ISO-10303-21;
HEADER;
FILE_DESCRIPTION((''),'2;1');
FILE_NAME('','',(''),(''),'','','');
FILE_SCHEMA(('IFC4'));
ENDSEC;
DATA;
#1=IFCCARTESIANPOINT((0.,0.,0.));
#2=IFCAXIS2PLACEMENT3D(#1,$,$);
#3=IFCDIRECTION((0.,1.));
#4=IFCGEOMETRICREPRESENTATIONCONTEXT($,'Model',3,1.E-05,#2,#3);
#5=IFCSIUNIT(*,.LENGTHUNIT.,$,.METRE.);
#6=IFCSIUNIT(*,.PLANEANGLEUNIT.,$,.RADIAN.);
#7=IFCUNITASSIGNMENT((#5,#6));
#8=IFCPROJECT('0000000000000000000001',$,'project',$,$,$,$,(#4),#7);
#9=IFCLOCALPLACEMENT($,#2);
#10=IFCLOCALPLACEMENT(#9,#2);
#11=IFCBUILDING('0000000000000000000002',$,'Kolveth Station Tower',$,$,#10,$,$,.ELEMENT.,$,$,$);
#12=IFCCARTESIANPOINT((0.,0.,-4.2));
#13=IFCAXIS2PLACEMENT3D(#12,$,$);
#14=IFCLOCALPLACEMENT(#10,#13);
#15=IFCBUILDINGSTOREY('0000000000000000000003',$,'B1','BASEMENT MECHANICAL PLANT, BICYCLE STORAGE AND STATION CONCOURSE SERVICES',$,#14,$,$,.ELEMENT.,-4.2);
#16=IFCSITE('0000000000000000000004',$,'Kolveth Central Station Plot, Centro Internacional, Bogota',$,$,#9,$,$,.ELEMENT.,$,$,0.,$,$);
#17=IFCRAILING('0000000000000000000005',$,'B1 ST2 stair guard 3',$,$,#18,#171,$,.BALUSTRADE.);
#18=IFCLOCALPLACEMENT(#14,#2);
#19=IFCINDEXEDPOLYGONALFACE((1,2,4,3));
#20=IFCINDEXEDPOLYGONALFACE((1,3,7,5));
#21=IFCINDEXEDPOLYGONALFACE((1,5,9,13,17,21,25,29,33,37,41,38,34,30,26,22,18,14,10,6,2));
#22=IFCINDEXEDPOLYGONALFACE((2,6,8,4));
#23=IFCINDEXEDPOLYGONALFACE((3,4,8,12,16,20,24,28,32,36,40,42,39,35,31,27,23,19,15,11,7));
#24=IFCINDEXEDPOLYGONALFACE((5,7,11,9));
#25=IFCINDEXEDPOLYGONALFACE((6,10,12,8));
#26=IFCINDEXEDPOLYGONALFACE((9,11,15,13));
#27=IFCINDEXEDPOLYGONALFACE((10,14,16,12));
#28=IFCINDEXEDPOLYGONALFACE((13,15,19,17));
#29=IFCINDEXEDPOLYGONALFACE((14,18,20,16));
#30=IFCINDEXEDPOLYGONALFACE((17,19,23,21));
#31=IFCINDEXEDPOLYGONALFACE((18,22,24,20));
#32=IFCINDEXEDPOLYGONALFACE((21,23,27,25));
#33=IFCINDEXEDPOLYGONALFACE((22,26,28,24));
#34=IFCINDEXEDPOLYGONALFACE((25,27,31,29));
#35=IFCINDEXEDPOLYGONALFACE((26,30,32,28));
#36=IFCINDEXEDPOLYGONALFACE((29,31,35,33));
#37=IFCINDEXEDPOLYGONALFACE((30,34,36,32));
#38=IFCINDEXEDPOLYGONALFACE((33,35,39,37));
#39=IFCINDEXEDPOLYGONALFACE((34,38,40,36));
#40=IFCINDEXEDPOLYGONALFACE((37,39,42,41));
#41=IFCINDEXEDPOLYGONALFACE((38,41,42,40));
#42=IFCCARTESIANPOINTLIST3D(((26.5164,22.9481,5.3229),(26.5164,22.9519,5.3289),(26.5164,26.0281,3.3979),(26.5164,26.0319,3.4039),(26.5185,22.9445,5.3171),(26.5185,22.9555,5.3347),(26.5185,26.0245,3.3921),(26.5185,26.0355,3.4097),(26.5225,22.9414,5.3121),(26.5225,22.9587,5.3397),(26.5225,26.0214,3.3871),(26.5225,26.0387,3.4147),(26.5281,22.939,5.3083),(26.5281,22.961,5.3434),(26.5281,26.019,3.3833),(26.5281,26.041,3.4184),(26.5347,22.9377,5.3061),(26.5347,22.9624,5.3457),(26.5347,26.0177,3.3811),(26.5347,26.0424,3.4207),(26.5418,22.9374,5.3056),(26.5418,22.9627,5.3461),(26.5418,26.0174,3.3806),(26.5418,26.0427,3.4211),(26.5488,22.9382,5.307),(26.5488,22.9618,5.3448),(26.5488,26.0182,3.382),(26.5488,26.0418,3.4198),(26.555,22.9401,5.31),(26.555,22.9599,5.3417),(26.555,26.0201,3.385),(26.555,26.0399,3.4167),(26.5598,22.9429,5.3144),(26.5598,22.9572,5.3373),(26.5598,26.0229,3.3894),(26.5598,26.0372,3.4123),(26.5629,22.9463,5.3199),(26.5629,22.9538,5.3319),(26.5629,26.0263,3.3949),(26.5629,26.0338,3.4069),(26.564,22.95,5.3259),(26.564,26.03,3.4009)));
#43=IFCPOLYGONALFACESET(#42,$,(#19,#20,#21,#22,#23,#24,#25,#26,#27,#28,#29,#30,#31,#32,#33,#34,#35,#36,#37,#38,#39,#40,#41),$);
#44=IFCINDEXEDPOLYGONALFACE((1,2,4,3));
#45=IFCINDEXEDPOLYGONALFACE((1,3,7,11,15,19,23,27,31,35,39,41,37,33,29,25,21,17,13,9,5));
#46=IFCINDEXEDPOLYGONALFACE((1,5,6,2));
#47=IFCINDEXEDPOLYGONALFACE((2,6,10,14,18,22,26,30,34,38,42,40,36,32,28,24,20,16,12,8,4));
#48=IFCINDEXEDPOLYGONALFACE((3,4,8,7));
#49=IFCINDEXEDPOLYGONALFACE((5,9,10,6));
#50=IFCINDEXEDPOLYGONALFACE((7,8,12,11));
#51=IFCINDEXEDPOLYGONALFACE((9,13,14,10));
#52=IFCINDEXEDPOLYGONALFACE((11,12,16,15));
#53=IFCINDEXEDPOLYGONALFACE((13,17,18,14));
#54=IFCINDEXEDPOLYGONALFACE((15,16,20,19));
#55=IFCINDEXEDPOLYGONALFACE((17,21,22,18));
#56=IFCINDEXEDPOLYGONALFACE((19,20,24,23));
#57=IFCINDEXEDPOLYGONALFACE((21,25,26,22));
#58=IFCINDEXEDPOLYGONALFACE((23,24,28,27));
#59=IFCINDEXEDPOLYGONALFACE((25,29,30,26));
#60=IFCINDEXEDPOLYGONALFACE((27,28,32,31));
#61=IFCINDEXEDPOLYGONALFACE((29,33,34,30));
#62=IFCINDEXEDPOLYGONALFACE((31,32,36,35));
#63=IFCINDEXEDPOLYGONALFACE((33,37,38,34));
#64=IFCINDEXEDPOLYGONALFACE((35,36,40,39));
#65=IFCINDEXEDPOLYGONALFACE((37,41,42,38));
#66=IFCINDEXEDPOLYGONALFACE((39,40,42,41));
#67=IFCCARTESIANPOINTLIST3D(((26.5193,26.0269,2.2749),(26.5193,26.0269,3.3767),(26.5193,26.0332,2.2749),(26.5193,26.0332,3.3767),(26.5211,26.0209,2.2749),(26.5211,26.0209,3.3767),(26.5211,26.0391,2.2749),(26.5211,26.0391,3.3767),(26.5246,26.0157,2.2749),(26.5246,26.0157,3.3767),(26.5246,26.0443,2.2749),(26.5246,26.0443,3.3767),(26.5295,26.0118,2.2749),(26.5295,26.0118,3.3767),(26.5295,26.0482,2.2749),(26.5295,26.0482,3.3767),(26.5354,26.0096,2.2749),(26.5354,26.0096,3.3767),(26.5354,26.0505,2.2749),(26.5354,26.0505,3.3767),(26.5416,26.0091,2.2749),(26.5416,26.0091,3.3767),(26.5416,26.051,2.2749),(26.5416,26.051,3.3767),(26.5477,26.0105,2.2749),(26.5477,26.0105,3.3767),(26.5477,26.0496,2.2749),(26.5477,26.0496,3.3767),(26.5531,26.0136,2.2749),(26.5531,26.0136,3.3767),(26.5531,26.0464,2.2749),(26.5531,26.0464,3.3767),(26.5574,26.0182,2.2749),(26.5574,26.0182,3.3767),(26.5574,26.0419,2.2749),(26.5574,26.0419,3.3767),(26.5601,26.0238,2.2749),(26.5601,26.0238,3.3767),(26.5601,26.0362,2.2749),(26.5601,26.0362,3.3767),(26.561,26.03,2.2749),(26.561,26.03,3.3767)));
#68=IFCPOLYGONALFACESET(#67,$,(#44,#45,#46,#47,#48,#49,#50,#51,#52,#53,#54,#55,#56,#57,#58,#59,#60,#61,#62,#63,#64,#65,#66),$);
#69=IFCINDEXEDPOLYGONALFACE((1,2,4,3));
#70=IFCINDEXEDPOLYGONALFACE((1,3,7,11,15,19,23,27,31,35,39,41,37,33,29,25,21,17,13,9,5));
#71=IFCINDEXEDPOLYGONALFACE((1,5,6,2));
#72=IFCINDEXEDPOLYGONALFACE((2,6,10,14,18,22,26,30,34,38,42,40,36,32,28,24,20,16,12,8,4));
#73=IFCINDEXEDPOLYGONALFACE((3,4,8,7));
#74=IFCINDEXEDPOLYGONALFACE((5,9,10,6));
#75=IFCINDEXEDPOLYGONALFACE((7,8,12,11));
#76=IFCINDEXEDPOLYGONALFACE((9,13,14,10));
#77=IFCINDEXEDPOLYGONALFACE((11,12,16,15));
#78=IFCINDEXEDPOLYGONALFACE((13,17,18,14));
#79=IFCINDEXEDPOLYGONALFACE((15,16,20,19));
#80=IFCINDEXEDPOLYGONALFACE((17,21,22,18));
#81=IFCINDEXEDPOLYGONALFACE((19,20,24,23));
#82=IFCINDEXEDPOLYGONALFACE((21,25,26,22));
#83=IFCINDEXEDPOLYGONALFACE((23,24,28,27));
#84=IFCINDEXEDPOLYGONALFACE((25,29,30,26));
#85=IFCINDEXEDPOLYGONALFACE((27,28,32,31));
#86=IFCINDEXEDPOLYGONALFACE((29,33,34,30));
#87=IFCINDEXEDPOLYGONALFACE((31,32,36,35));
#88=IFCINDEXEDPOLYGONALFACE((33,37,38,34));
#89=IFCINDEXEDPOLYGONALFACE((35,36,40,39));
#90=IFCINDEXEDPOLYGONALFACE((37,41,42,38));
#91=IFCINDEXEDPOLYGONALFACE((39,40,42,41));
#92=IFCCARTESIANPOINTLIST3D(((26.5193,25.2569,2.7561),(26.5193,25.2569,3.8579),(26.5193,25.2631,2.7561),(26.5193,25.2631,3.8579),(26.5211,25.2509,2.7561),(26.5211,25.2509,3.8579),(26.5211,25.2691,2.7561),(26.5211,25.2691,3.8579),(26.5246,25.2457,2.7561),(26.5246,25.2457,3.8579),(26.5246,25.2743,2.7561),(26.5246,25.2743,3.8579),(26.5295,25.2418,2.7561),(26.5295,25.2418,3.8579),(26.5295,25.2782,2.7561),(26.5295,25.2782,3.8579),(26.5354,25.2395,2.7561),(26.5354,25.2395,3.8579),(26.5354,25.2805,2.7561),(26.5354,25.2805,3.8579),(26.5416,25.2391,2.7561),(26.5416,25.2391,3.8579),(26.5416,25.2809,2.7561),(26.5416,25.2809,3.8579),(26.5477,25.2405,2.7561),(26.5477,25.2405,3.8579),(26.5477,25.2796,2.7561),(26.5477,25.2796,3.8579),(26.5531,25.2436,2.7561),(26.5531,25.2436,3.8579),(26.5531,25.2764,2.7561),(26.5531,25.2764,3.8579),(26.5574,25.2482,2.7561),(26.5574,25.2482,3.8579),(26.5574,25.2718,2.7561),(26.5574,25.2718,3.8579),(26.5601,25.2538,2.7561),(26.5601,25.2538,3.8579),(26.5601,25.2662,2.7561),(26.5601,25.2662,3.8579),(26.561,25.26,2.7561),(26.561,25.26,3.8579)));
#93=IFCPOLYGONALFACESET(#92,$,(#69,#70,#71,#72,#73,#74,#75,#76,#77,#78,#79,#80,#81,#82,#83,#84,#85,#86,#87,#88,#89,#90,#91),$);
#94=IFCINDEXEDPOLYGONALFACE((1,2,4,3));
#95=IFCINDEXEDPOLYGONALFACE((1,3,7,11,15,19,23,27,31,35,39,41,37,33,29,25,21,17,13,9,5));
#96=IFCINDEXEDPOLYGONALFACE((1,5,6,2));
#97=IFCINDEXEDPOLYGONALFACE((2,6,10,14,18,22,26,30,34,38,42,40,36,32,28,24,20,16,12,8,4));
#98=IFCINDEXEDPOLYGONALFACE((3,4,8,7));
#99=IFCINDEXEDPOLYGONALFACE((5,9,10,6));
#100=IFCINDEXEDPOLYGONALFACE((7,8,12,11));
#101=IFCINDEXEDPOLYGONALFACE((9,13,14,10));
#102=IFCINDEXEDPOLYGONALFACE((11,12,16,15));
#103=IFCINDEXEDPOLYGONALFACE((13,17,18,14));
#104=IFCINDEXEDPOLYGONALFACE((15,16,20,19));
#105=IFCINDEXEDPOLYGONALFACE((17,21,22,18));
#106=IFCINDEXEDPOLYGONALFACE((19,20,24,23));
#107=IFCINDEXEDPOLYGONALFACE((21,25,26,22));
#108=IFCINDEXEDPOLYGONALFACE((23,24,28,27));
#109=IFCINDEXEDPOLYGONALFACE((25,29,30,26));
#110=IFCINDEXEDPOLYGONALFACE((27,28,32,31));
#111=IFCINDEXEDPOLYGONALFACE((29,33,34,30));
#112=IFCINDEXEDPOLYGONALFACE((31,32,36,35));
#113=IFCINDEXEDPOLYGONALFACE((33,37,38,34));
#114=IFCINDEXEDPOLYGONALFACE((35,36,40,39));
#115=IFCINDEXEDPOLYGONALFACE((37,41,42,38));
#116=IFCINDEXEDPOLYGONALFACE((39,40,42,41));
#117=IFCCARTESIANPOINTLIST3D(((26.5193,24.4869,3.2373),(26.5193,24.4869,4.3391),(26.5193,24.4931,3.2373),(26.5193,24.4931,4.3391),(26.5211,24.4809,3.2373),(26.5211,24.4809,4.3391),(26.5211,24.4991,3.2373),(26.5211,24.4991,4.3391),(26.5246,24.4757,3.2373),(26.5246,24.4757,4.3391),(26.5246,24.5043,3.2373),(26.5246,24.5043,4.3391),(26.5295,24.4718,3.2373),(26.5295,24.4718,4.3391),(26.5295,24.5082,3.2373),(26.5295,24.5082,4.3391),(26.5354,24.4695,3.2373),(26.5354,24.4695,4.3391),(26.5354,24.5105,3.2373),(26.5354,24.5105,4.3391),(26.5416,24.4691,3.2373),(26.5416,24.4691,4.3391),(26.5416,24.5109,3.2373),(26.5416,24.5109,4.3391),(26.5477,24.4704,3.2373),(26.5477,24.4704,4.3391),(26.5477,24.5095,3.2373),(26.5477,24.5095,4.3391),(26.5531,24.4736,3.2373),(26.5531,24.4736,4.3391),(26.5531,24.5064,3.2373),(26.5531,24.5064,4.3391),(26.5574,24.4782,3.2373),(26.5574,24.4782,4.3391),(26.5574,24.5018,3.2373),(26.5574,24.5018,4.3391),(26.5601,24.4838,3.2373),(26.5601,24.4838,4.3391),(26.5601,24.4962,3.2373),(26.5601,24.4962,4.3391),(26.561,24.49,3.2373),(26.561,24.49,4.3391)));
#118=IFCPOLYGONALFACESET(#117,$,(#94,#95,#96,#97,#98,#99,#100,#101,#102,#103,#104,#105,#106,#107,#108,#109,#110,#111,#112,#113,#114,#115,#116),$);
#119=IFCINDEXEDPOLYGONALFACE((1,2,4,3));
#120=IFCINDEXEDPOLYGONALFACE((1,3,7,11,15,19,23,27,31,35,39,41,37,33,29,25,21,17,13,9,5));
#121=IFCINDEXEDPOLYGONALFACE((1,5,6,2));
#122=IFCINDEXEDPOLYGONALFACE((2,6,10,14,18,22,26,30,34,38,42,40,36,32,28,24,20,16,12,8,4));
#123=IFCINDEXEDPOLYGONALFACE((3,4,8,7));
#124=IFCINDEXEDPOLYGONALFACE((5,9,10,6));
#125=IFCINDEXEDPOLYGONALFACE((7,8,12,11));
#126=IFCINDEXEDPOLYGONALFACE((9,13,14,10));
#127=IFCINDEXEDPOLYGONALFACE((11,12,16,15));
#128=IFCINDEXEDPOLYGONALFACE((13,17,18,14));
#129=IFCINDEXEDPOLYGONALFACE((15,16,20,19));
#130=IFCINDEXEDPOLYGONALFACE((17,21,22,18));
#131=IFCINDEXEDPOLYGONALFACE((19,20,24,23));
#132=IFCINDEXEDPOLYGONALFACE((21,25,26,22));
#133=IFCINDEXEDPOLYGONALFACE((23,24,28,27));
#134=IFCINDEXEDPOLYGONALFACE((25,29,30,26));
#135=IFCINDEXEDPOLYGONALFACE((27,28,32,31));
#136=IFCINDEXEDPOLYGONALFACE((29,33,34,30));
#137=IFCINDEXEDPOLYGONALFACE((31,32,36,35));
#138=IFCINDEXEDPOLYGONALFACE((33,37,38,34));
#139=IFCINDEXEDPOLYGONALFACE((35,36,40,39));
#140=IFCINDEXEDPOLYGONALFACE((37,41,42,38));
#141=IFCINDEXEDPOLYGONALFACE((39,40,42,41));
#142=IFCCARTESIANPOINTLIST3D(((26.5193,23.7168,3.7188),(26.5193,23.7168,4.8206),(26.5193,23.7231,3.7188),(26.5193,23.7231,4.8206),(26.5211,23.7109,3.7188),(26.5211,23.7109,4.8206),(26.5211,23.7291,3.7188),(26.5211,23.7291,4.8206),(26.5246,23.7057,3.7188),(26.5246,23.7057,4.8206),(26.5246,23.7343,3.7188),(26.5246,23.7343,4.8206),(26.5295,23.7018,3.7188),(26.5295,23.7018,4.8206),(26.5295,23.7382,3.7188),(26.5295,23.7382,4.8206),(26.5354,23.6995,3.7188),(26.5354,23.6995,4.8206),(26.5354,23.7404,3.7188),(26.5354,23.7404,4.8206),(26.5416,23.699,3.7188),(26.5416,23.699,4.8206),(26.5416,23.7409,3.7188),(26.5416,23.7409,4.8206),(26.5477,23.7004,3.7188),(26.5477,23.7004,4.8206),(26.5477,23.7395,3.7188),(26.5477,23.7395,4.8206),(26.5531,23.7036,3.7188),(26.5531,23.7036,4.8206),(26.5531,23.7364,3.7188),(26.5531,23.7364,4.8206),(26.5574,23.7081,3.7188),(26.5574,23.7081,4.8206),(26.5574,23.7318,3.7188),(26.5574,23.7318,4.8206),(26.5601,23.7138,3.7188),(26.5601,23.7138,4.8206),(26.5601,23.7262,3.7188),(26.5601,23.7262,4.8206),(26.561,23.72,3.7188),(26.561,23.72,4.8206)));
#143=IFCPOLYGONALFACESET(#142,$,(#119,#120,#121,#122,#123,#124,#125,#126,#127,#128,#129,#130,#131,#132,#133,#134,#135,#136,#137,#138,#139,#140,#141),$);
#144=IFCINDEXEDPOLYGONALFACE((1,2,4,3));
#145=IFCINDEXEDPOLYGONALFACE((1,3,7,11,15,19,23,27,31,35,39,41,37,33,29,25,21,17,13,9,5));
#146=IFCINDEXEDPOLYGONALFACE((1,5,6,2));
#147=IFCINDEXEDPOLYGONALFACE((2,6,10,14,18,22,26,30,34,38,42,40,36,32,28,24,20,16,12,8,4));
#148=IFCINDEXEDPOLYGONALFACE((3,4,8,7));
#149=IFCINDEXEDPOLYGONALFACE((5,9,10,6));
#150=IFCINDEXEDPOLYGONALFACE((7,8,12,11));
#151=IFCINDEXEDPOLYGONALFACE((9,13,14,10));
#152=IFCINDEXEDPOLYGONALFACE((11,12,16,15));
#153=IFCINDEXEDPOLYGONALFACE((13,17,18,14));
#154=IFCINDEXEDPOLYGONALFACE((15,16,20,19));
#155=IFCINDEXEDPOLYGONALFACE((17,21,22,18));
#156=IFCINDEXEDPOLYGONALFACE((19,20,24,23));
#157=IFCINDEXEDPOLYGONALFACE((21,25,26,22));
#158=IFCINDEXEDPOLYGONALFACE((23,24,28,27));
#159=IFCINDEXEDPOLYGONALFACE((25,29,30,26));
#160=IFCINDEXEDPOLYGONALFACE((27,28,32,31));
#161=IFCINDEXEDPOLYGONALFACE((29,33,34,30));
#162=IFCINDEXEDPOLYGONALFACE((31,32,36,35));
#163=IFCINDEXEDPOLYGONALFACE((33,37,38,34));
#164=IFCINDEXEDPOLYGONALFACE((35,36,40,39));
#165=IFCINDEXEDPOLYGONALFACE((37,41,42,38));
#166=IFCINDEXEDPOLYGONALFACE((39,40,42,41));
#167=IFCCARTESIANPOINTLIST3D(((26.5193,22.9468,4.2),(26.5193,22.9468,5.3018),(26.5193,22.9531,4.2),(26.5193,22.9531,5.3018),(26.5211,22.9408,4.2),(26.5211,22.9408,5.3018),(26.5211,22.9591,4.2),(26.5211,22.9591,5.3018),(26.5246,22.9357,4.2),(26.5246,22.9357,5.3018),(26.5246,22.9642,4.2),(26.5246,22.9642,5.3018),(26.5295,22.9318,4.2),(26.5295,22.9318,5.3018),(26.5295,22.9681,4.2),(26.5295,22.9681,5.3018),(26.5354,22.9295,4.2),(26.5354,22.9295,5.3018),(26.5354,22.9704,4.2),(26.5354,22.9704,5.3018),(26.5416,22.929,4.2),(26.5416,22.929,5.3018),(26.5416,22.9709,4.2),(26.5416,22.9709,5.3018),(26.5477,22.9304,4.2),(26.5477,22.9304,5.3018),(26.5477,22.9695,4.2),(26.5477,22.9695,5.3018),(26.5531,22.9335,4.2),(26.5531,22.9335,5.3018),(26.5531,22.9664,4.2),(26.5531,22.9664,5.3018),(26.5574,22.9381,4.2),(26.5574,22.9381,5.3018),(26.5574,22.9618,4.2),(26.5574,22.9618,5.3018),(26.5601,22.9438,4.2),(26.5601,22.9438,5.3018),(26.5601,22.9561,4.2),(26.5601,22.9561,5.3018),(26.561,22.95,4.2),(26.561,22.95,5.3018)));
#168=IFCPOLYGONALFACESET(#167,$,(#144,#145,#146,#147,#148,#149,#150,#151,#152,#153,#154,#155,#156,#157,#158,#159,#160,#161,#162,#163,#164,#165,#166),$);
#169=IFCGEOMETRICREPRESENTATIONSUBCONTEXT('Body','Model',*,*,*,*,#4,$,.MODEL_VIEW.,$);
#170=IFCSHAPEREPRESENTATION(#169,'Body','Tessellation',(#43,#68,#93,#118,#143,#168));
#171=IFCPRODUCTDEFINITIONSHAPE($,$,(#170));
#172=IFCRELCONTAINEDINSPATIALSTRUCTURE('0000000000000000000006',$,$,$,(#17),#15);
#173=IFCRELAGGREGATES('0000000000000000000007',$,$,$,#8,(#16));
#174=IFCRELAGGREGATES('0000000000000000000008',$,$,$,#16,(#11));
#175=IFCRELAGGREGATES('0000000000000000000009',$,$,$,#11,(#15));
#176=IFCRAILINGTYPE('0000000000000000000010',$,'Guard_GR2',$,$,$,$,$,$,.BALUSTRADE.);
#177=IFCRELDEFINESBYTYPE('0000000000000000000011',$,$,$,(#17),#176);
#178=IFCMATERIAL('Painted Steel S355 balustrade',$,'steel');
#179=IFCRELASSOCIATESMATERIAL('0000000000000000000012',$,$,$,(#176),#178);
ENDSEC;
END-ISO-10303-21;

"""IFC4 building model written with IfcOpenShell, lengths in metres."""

from ifc_helpers import new_model, si_unit, direction, frame, origin, origin_2d, place, context, subcontext, project, spatial, circle, extrude, material, type_object, element, save


model = new_model("IFC4")

# Units and contexts
model_context = context("Model", 3, precision=1e-05, world=origin(), true_north=direction((0.0, 1.0)))
body_context = subcontext(model_context, "Body", "Model", "MODEL_VIEW")
ifc_project = project(units=[si_unit("LENGTHUNIT", "METRE"), si_unit("PLANEANGLEUNIT", "RADIAN")], contexts=[model_context])

# Site, building, storey
site_placement = place(None, origin())
site = spatial("IfcSite", under=ifc_project, at=site_placement, Name="Kolveth Central Station Plot, Centro Internacional, Bogota", CompositionType="ELEMENT", RefElevation=0.0)
building_placement = place(site_placement, origin())
building = spatial("IfcBuilding", under=site, at=building_placement, Name="Kolveth Station Tower", CompositionType="ELEMENT")
storey_placement = place(building_placement, frame((0.0, 0.0, -4.2)))
storey = spatial("IfcBuildingStorey", under=building, at=storey_placement, Name="B1", Description="BASEMENT MECHANICAL PLANT, BICYCLE STORAGE AND STATION CONCOURSE SERVICES", CompositionType="ELEMENT", Elevation=-4.2)

# Railing
ifc_material_1 = material(Name="Painted Steel S355 balustrade", Category="steel")
railing_type = type_object("IfcRailingType", Name="Guard_GR2", PredefinedType="BALUSTRADE", material=ifc_material_1)
railing_1_placement = place(storey_placement, frame((26.54, 26.03, 2.2749)))
element("IfcRailing", 1, at=railing_1_placement, inside=storey, type_object=railing_type, Name="B1 ST2 stair guard 3", PredefinedType="BALUSTRADE", context=body_context, shape_type="SweptSolid", body=[
    extrude(circle(Radius=0.0239, at=origin_2d()), frame((0.0, 0.0, 1.126), z_axis=(0.0, -0.847998, 0.529999), x_axis=(1.0, 0.0, 0.0)), (0.0, 0.0, 1.0), 3.6321),
    extrude(circle(Radius=0.021, at=origin_2d()), origin(), (0.0, 0.0, 1.0), 1.1018),
    extrude(circle(Radius=0.021, at=origin_2d()), frame((0.0, -0.77, 0.4812)), (0.0, 0.0, 1.0), 1.1018),
    extrude(circle(Radius=0.021, at=origin_2d()), frame((0.0, -1.54, 0.9624)), (0.0, 0.0, 1.0), 1.1018),
    extrude(circle(Radius=0.021, at=origin_2d()), frame((0.0, -2.3101, 1.4438)), (0.0, 0.0, 1.0), 1.1018),
    extrude(circle(Radius=0.021, at=origin_2d()), frame((0.0, -3.0801, 1.925)), (0.0, 0.0, 1.0), 1.1018),
])

save(model, "model.ifc")
